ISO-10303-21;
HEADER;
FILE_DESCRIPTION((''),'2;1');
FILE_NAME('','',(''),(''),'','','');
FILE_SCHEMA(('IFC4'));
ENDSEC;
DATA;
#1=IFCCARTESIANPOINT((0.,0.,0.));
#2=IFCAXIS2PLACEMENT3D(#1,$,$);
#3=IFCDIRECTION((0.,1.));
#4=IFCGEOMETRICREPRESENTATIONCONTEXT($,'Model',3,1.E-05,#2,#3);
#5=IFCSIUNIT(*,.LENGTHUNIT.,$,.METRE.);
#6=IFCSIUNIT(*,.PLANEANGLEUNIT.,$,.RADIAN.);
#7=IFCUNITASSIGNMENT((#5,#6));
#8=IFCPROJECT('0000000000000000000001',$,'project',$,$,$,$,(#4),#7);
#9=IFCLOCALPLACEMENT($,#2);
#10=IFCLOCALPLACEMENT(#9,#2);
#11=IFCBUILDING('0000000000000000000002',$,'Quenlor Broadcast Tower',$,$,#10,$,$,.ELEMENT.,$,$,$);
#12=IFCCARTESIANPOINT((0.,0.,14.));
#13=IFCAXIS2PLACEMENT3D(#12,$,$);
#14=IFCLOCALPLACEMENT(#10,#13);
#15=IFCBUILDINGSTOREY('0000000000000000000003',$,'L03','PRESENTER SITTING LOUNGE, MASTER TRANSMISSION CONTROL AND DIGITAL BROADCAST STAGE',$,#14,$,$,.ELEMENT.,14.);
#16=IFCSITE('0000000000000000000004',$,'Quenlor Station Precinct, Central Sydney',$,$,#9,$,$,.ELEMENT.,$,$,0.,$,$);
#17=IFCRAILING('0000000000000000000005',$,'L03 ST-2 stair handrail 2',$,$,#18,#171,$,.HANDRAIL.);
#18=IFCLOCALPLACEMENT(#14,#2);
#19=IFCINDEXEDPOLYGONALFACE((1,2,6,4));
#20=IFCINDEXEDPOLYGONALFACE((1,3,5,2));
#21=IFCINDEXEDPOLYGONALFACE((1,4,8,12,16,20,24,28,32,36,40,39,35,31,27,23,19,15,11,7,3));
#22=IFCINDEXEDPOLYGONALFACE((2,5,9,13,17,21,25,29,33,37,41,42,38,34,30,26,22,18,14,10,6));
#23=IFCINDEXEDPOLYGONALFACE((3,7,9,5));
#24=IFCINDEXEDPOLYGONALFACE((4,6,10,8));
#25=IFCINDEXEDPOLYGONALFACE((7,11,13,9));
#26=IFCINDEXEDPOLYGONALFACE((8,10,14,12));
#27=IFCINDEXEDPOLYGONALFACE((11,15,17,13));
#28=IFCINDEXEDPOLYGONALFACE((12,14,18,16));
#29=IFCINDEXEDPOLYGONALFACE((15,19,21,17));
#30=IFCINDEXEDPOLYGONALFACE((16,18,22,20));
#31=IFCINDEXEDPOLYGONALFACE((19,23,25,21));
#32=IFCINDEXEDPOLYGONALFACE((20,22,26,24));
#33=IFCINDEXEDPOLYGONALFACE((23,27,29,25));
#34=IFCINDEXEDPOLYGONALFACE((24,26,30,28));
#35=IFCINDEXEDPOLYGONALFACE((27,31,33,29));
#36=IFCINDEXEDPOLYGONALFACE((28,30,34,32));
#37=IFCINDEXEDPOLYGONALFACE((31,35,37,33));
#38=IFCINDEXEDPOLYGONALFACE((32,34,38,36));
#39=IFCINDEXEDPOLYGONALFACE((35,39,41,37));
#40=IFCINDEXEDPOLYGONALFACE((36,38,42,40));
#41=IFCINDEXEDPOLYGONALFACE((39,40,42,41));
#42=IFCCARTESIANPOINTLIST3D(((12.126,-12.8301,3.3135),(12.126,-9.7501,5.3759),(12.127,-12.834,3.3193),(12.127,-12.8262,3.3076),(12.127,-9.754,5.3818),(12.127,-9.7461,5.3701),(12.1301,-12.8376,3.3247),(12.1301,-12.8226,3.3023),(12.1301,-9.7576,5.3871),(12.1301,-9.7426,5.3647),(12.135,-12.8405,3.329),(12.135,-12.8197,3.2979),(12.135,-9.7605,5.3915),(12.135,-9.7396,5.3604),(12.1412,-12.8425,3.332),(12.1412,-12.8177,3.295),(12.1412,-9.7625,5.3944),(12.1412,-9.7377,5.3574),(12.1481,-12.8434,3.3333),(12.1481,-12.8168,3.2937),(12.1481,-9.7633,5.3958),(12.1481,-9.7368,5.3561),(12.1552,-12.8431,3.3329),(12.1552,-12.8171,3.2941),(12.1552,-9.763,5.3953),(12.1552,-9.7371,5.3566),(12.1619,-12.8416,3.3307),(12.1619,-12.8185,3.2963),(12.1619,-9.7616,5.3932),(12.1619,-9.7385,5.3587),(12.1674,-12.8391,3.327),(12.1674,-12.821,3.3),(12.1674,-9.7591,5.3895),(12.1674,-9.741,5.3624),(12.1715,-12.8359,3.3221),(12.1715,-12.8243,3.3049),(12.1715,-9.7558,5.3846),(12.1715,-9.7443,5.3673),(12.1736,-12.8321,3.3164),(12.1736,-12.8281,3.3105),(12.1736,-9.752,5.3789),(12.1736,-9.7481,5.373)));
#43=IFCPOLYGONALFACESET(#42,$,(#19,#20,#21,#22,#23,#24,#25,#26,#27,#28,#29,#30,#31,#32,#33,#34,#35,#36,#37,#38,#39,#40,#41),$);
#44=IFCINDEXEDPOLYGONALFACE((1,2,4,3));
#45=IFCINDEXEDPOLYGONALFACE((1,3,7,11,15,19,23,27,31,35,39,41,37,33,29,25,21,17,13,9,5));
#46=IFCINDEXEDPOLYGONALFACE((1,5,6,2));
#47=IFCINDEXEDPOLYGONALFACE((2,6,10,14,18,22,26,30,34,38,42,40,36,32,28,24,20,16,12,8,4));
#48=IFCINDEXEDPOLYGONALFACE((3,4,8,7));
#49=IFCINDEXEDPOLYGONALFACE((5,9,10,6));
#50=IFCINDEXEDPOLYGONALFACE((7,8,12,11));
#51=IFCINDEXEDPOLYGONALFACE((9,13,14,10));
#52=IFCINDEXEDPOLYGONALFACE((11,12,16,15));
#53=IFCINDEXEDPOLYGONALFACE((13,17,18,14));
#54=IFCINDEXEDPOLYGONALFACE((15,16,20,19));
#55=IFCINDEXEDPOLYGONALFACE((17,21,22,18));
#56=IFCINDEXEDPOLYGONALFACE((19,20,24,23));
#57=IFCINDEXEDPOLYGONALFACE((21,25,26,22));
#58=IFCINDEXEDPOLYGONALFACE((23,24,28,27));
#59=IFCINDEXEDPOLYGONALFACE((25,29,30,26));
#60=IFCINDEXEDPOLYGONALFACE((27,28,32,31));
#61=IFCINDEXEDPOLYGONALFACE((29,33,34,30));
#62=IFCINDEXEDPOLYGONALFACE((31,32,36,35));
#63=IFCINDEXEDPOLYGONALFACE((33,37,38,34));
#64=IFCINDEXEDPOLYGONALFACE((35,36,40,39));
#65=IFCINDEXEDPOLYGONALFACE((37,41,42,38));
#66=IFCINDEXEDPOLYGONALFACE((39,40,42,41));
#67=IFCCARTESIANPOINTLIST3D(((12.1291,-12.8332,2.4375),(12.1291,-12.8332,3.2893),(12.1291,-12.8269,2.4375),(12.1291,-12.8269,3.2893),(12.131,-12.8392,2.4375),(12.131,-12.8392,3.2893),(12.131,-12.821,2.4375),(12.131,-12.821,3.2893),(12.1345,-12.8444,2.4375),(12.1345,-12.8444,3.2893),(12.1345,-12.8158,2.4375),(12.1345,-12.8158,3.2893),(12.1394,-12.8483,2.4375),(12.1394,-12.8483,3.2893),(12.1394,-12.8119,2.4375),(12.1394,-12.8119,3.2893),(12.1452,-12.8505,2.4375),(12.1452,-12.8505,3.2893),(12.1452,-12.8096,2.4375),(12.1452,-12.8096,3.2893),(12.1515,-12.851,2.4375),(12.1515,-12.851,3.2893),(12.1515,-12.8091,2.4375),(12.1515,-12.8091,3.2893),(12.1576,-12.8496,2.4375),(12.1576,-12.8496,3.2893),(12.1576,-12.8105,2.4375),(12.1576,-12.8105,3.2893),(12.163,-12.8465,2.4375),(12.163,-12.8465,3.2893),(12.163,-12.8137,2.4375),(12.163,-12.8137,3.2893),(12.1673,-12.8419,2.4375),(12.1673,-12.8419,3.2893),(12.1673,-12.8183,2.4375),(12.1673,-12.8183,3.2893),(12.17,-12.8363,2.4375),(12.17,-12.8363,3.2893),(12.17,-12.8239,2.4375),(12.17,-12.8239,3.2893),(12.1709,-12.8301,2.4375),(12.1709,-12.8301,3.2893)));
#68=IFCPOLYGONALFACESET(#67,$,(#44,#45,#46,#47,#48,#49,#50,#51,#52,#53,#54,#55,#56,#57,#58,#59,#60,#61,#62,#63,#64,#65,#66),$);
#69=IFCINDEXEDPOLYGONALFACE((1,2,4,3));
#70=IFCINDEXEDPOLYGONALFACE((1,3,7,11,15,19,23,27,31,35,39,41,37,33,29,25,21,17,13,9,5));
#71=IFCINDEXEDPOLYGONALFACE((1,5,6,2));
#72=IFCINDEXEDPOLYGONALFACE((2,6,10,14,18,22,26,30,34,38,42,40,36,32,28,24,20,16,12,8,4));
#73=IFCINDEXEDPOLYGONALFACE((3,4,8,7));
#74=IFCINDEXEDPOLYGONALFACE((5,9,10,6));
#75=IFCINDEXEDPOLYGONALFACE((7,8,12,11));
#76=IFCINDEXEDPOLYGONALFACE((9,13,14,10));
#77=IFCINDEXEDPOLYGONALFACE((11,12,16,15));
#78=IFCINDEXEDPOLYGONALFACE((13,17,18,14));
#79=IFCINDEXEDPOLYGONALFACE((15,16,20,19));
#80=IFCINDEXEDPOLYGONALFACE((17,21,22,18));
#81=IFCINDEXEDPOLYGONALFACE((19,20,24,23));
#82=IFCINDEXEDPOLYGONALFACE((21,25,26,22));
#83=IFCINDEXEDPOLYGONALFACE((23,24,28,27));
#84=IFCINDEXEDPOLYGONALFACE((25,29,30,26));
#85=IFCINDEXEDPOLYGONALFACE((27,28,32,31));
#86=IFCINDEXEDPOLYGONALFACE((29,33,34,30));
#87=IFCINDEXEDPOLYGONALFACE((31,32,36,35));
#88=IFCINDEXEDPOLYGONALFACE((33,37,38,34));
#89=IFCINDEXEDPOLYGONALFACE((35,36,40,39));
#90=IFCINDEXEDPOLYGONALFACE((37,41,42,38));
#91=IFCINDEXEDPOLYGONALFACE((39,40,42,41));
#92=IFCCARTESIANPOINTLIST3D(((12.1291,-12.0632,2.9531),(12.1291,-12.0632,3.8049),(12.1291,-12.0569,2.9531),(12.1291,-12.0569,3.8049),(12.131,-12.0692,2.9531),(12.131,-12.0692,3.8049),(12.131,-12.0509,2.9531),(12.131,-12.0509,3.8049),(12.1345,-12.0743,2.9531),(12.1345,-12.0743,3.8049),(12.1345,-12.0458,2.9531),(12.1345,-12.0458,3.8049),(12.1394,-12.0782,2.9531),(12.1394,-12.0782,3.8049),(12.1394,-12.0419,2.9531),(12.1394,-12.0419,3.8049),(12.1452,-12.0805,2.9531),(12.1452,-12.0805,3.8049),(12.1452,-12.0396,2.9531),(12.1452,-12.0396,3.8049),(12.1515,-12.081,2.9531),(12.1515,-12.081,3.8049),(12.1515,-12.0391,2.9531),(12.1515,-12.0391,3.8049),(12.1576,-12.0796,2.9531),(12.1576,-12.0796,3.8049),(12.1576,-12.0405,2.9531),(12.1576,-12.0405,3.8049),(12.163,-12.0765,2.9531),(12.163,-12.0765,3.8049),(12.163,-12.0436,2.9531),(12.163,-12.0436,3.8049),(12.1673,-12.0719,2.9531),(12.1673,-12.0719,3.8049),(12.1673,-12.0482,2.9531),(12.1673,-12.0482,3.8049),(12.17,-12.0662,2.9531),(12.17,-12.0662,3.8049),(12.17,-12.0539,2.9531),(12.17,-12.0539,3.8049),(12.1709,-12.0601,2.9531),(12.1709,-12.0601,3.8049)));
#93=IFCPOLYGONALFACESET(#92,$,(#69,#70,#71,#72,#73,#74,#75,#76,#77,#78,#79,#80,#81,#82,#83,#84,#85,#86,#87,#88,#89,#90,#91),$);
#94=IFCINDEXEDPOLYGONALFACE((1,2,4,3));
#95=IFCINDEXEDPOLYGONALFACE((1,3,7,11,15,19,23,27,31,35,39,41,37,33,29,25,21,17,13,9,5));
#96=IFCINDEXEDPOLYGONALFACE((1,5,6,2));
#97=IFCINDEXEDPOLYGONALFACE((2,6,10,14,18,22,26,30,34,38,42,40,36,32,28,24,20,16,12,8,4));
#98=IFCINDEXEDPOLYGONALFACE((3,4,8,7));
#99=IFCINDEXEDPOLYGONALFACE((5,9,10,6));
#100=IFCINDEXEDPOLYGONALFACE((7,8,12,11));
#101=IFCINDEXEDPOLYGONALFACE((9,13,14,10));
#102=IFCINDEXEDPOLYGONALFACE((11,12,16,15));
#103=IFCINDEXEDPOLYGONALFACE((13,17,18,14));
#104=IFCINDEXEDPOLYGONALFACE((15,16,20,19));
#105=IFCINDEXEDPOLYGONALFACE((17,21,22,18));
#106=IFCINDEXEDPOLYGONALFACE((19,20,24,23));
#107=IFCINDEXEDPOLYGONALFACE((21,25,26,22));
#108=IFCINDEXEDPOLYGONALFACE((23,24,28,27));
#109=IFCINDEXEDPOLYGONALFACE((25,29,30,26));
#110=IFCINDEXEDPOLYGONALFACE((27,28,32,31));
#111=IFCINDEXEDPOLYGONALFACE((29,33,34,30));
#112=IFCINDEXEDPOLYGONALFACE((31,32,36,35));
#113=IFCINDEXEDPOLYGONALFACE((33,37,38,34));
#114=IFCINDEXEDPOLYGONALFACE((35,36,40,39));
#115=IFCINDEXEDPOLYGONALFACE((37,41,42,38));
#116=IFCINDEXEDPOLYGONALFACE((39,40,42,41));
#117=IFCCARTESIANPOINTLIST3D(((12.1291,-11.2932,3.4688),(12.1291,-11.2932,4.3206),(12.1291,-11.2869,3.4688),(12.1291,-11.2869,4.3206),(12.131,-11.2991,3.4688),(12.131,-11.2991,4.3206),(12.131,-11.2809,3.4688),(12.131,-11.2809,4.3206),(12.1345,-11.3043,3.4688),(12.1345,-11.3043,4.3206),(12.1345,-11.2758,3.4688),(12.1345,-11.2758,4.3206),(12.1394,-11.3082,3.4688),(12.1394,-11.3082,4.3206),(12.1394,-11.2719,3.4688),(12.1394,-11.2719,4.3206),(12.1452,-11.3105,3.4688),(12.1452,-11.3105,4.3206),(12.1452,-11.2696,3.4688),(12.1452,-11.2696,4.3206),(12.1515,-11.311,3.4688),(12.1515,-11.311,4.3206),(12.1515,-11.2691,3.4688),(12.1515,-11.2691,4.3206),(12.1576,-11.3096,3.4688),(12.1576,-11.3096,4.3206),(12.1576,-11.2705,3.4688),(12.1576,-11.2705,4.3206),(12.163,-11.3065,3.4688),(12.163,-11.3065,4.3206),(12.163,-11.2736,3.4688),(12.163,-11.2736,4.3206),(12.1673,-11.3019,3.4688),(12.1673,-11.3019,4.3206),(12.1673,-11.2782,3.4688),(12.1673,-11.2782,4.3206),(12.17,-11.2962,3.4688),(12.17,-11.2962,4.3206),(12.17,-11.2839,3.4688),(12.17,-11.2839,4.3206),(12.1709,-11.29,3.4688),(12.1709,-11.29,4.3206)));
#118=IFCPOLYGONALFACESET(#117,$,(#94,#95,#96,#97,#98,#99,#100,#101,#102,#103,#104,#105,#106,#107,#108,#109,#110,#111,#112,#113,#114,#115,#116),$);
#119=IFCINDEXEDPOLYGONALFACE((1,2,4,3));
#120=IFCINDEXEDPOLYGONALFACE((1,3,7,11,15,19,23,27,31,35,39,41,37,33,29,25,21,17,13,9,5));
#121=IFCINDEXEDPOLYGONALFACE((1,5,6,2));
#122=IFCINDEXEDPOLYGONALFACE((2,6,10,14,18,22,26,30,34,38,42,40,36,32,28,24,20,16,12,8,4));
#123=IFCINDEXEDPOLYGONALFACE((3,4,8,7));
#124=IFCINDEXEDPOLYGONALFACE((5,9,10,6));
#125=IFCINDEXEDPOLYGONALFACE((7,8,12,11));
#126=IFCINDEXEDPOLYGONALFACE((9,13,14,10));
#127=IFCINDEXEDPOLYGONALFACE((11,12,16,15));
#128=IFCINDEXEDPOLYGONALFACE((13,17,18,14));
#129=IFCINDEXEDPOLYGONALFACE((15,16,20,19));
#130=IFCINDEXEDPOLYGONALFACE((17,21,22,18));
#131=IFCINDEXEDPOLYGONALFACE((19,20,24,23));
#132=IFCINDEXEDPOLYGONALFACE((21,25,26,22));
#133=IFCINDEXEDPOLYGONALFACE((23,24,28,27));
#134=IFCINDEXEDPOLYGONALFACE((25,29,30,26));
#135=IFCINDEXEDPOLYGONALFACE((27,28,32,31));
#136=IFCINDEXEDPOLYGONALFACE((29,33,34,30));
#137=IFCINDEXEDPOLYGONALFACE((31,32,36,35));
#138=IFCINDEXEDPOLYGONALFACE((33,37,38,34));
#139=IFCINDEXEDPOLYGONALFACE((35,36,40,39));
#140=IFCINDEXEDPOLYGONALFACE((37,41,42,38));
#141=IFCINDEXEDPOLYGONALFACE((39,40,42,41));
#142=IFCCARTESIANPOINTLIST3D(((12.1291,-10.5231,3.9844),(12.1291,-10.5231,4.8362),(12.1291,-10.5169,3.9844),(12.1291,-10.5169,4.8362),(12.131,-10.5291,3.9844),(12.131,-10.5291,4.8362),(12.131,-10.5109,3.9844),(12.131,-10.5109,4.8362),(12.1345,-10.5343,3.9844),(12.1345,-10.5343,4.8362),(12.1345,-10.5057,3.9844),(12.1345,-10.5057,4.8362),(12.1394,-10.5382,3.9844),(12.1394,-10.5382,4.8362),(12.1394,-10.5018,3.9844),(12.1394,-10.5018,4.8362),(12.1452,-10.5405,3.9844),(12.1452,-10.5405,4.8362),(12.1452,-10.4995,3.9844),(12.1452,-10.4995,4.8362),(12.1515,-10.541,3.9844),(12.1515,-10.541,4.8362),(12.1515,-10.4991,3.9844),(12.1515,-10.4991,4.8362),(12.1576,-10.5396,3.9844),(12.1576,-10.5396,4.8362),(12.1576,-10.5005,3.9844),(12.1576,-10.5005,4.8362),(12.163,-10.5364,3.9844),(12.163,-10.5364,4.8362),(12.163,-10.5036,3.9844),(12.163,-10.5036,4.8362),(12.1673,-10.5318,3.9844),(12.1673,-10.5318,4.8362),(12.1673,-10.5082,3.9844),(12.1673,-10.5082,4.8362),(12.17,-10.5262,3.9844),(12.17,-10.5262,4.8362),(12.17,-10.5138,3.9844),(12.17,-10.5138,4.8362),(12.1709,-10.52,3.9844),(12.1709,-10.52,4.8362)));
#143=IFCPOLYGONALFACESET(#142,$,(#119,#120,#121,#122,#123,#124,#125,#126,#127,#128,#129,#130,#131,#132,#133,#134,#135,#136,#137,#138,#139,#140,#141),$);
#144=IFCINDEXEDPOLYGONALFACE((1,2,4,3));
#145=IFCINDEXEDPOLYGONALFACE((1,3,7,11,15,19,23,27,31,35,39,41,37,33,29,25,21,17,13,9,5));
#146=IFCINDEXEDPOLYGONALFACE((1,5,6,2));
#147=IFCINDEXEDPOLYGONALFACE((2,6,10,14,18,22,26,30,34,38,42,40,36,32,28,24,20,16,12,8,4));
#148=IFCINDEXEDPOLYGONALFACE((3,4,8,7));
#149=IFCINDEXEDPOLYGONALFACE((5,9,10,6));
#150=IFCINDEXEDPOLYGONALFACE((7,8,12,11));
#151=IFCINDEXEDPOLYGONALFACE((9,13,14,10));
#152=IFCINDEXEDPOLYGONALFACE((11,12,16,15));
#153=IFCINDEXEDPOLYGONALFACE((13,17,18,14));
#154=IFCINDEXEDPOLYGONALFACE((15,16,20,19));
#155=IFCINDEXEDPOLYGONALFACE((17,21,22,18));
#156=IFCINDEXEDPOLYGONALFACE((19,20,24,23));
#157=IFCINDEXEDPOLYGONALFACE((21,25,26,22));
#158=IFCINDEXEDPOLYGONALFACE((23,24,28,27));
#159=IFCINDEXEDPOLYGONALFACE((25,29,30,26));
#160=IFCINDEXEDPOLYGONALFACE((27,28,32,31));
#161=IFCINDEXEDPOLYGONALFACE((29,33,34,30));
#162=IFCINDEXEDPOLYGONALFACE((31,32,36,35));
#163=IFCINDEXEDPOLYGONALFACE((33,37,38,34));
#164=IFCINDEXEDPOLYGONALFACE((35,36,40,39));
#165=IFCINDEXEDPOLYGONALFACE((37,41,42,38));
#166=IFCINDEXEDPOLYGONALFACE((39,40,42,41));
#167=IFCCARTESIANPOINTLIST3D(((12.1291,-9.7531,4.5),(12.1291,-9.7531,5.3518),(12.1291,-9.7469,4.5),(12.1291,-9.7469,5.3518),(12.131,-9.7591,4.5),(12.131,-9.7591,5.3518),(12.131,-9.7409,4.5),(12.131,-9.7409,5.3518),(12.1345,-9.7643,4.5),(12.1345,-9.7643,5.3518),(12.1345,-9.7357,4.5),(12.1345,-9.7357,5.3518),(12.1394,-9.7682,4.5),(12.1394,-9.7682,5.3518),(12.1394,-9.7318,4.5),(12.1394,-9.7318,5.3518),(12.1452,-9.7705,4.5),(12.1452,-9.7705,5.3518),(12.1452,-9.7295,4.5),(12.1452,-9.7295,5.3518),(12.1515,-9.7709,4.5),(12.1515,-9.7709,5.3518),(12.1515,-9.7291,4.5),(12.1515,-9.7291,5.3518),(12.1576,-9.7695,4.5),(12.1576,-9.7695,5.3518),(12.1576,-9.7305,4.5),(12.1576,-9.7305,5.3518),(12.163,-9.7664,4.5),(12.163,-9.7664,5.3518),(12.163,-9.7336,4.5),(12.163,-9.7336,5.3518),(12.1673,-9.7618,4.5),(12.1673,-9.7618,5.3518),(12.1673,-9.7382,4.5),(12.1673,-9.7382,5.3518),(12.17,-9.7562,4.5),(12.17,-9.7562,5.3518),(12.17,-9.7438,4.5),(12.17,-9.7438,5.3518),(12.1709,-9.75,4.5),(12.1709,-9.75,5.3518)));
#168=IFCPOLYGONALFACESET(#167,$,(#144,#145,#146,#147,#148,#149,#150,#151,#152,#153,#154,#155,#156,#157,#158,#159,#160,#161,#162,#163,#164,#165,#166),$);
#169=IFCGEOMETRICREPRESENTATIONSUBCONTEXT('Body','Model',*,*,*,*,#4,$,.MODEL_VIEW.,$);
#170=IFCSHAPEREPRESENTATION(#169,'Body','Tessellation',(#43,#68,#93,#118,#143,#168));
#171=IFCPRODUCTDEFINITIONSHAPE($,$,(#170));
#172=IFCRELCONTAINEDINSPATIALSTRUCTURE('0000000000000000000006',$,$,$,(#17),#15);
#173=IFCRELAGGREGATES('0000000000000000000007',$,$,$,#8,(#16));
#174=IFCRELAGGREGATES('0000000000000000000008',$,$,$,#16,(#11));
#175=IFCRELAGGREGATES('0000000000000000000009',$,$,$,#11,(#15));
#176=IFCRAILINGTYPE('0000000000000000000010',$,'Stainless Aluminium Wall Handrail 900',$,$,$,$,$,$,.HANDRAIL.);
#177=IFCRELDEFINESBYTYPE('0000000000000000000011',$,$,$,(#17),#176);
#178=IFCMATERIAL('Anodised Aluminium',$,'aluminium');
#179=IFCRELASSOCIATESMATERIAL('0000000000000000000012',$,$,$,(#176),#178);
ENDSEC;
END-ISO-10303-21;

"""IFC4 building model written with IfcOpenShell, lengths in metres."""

from ifc_helpers import new_model, si_unit, direction, frame, origin, origin_2d, place, context, subcontext, project, spatial, circle, extrude, material, type_object, element, save


model = new_model("IFC4")

# Units and contexts
model_context = context("Model", 3, precision=1e-05, world=origin(), true_north=direction((0.0, 1.0)))
body_context = subcontext(model_context, "Body", "Model", "MODEL_VIEW")
ifc_project = project(units=[si_unit("LENGTHUNIT", "METRE"), si_unit("PLANEANGLEUNIT", "RADIAN")], contexts=[model_context])

# Site, building, storey
site_placement = place(None, origin())
site = spatial("IfcSite", under=ifc_project, at=site_placement, Name="Quenlor Station Precinct, Central Sydney", CompositionType="ELEMENT", RefElevation=0.0)
building_placement = place(site_placement, origin())
building = spatial("IfcBuilding", under=site, at=building_placement, Name="Quenlor Broadcast Tower", CompositionType="ELEMENT")
storey_placement = place(building_placement, frame((0.0, 0.0, 14.0)))
storey = spatial("IfcBuildingStorey", under=building, at=storey_placement, Name="L03", Description="PRESENTER SITTING LOUNGE, MASTER TRANSMISSION CONTROL AND DIGITAL BROADCAST STAGE", CompositionType="ELEMENT", Elevation=14.0)

# Railing
ifc_material_1 = material(Name="Anodised Aluminium", Category="aluminium")
railing_type_1 = type_object("IfcRailingType", Name="Stainless Aluminium Wall Handrail 900", PredefinedType="HANDRAIL", material=ifc_material_1)
railing_1_placement = place(storey_placement, frame((12.1499, -12.8301, 2.4375)))
element("IfcRailing", 1, at=railing_1_placement, inside=storey, type_object=railing_type_1, Name="L03 ST-2 stair handrail 2", PredefinedType="HANDRAIL", context=body_context, shape_type="SweptSolid", body=[
    extrude(circle(Radius=0.0239, at=origin_2d()), frame((0.0, 0.0, 0.876), z_axis=(0.0, 0.830914, 0.556401), x_axis=(-1.0, 0.0, 0.0)), (0.0, 0.0, 1.0), 3.7068),
    extrude(circle(Radius=0.021, at=origin_2d()), origin(), (0.0, 0.0, 1.0), 0.8518),
    extrude(circle(Radius=0.021, at=origin_2d()), frame((0.0, 0.77, 0.5156)), (0.0, 0.0, 1.0), 0.8518),
    extrude(circle(Radius=0.021, at=origin_2d()), frame((0.0, 1.54, 1.0312)), (0.0, 0.0, 1.0), 0.8518),
    extrude(circle(Radius=0.021, at=origin_2d()), frame((0.0, 2.3101, 1.5469)), (0.0, 0.0, 1.0), 0.8518),
    extrude(circle(Radius=0.021, at=origin_2d()), frame((0.0, 3.0801, 2.0625)), (0.0, 0.0, 1.0), 0.8518),
])

save(model, "model.ifc")
